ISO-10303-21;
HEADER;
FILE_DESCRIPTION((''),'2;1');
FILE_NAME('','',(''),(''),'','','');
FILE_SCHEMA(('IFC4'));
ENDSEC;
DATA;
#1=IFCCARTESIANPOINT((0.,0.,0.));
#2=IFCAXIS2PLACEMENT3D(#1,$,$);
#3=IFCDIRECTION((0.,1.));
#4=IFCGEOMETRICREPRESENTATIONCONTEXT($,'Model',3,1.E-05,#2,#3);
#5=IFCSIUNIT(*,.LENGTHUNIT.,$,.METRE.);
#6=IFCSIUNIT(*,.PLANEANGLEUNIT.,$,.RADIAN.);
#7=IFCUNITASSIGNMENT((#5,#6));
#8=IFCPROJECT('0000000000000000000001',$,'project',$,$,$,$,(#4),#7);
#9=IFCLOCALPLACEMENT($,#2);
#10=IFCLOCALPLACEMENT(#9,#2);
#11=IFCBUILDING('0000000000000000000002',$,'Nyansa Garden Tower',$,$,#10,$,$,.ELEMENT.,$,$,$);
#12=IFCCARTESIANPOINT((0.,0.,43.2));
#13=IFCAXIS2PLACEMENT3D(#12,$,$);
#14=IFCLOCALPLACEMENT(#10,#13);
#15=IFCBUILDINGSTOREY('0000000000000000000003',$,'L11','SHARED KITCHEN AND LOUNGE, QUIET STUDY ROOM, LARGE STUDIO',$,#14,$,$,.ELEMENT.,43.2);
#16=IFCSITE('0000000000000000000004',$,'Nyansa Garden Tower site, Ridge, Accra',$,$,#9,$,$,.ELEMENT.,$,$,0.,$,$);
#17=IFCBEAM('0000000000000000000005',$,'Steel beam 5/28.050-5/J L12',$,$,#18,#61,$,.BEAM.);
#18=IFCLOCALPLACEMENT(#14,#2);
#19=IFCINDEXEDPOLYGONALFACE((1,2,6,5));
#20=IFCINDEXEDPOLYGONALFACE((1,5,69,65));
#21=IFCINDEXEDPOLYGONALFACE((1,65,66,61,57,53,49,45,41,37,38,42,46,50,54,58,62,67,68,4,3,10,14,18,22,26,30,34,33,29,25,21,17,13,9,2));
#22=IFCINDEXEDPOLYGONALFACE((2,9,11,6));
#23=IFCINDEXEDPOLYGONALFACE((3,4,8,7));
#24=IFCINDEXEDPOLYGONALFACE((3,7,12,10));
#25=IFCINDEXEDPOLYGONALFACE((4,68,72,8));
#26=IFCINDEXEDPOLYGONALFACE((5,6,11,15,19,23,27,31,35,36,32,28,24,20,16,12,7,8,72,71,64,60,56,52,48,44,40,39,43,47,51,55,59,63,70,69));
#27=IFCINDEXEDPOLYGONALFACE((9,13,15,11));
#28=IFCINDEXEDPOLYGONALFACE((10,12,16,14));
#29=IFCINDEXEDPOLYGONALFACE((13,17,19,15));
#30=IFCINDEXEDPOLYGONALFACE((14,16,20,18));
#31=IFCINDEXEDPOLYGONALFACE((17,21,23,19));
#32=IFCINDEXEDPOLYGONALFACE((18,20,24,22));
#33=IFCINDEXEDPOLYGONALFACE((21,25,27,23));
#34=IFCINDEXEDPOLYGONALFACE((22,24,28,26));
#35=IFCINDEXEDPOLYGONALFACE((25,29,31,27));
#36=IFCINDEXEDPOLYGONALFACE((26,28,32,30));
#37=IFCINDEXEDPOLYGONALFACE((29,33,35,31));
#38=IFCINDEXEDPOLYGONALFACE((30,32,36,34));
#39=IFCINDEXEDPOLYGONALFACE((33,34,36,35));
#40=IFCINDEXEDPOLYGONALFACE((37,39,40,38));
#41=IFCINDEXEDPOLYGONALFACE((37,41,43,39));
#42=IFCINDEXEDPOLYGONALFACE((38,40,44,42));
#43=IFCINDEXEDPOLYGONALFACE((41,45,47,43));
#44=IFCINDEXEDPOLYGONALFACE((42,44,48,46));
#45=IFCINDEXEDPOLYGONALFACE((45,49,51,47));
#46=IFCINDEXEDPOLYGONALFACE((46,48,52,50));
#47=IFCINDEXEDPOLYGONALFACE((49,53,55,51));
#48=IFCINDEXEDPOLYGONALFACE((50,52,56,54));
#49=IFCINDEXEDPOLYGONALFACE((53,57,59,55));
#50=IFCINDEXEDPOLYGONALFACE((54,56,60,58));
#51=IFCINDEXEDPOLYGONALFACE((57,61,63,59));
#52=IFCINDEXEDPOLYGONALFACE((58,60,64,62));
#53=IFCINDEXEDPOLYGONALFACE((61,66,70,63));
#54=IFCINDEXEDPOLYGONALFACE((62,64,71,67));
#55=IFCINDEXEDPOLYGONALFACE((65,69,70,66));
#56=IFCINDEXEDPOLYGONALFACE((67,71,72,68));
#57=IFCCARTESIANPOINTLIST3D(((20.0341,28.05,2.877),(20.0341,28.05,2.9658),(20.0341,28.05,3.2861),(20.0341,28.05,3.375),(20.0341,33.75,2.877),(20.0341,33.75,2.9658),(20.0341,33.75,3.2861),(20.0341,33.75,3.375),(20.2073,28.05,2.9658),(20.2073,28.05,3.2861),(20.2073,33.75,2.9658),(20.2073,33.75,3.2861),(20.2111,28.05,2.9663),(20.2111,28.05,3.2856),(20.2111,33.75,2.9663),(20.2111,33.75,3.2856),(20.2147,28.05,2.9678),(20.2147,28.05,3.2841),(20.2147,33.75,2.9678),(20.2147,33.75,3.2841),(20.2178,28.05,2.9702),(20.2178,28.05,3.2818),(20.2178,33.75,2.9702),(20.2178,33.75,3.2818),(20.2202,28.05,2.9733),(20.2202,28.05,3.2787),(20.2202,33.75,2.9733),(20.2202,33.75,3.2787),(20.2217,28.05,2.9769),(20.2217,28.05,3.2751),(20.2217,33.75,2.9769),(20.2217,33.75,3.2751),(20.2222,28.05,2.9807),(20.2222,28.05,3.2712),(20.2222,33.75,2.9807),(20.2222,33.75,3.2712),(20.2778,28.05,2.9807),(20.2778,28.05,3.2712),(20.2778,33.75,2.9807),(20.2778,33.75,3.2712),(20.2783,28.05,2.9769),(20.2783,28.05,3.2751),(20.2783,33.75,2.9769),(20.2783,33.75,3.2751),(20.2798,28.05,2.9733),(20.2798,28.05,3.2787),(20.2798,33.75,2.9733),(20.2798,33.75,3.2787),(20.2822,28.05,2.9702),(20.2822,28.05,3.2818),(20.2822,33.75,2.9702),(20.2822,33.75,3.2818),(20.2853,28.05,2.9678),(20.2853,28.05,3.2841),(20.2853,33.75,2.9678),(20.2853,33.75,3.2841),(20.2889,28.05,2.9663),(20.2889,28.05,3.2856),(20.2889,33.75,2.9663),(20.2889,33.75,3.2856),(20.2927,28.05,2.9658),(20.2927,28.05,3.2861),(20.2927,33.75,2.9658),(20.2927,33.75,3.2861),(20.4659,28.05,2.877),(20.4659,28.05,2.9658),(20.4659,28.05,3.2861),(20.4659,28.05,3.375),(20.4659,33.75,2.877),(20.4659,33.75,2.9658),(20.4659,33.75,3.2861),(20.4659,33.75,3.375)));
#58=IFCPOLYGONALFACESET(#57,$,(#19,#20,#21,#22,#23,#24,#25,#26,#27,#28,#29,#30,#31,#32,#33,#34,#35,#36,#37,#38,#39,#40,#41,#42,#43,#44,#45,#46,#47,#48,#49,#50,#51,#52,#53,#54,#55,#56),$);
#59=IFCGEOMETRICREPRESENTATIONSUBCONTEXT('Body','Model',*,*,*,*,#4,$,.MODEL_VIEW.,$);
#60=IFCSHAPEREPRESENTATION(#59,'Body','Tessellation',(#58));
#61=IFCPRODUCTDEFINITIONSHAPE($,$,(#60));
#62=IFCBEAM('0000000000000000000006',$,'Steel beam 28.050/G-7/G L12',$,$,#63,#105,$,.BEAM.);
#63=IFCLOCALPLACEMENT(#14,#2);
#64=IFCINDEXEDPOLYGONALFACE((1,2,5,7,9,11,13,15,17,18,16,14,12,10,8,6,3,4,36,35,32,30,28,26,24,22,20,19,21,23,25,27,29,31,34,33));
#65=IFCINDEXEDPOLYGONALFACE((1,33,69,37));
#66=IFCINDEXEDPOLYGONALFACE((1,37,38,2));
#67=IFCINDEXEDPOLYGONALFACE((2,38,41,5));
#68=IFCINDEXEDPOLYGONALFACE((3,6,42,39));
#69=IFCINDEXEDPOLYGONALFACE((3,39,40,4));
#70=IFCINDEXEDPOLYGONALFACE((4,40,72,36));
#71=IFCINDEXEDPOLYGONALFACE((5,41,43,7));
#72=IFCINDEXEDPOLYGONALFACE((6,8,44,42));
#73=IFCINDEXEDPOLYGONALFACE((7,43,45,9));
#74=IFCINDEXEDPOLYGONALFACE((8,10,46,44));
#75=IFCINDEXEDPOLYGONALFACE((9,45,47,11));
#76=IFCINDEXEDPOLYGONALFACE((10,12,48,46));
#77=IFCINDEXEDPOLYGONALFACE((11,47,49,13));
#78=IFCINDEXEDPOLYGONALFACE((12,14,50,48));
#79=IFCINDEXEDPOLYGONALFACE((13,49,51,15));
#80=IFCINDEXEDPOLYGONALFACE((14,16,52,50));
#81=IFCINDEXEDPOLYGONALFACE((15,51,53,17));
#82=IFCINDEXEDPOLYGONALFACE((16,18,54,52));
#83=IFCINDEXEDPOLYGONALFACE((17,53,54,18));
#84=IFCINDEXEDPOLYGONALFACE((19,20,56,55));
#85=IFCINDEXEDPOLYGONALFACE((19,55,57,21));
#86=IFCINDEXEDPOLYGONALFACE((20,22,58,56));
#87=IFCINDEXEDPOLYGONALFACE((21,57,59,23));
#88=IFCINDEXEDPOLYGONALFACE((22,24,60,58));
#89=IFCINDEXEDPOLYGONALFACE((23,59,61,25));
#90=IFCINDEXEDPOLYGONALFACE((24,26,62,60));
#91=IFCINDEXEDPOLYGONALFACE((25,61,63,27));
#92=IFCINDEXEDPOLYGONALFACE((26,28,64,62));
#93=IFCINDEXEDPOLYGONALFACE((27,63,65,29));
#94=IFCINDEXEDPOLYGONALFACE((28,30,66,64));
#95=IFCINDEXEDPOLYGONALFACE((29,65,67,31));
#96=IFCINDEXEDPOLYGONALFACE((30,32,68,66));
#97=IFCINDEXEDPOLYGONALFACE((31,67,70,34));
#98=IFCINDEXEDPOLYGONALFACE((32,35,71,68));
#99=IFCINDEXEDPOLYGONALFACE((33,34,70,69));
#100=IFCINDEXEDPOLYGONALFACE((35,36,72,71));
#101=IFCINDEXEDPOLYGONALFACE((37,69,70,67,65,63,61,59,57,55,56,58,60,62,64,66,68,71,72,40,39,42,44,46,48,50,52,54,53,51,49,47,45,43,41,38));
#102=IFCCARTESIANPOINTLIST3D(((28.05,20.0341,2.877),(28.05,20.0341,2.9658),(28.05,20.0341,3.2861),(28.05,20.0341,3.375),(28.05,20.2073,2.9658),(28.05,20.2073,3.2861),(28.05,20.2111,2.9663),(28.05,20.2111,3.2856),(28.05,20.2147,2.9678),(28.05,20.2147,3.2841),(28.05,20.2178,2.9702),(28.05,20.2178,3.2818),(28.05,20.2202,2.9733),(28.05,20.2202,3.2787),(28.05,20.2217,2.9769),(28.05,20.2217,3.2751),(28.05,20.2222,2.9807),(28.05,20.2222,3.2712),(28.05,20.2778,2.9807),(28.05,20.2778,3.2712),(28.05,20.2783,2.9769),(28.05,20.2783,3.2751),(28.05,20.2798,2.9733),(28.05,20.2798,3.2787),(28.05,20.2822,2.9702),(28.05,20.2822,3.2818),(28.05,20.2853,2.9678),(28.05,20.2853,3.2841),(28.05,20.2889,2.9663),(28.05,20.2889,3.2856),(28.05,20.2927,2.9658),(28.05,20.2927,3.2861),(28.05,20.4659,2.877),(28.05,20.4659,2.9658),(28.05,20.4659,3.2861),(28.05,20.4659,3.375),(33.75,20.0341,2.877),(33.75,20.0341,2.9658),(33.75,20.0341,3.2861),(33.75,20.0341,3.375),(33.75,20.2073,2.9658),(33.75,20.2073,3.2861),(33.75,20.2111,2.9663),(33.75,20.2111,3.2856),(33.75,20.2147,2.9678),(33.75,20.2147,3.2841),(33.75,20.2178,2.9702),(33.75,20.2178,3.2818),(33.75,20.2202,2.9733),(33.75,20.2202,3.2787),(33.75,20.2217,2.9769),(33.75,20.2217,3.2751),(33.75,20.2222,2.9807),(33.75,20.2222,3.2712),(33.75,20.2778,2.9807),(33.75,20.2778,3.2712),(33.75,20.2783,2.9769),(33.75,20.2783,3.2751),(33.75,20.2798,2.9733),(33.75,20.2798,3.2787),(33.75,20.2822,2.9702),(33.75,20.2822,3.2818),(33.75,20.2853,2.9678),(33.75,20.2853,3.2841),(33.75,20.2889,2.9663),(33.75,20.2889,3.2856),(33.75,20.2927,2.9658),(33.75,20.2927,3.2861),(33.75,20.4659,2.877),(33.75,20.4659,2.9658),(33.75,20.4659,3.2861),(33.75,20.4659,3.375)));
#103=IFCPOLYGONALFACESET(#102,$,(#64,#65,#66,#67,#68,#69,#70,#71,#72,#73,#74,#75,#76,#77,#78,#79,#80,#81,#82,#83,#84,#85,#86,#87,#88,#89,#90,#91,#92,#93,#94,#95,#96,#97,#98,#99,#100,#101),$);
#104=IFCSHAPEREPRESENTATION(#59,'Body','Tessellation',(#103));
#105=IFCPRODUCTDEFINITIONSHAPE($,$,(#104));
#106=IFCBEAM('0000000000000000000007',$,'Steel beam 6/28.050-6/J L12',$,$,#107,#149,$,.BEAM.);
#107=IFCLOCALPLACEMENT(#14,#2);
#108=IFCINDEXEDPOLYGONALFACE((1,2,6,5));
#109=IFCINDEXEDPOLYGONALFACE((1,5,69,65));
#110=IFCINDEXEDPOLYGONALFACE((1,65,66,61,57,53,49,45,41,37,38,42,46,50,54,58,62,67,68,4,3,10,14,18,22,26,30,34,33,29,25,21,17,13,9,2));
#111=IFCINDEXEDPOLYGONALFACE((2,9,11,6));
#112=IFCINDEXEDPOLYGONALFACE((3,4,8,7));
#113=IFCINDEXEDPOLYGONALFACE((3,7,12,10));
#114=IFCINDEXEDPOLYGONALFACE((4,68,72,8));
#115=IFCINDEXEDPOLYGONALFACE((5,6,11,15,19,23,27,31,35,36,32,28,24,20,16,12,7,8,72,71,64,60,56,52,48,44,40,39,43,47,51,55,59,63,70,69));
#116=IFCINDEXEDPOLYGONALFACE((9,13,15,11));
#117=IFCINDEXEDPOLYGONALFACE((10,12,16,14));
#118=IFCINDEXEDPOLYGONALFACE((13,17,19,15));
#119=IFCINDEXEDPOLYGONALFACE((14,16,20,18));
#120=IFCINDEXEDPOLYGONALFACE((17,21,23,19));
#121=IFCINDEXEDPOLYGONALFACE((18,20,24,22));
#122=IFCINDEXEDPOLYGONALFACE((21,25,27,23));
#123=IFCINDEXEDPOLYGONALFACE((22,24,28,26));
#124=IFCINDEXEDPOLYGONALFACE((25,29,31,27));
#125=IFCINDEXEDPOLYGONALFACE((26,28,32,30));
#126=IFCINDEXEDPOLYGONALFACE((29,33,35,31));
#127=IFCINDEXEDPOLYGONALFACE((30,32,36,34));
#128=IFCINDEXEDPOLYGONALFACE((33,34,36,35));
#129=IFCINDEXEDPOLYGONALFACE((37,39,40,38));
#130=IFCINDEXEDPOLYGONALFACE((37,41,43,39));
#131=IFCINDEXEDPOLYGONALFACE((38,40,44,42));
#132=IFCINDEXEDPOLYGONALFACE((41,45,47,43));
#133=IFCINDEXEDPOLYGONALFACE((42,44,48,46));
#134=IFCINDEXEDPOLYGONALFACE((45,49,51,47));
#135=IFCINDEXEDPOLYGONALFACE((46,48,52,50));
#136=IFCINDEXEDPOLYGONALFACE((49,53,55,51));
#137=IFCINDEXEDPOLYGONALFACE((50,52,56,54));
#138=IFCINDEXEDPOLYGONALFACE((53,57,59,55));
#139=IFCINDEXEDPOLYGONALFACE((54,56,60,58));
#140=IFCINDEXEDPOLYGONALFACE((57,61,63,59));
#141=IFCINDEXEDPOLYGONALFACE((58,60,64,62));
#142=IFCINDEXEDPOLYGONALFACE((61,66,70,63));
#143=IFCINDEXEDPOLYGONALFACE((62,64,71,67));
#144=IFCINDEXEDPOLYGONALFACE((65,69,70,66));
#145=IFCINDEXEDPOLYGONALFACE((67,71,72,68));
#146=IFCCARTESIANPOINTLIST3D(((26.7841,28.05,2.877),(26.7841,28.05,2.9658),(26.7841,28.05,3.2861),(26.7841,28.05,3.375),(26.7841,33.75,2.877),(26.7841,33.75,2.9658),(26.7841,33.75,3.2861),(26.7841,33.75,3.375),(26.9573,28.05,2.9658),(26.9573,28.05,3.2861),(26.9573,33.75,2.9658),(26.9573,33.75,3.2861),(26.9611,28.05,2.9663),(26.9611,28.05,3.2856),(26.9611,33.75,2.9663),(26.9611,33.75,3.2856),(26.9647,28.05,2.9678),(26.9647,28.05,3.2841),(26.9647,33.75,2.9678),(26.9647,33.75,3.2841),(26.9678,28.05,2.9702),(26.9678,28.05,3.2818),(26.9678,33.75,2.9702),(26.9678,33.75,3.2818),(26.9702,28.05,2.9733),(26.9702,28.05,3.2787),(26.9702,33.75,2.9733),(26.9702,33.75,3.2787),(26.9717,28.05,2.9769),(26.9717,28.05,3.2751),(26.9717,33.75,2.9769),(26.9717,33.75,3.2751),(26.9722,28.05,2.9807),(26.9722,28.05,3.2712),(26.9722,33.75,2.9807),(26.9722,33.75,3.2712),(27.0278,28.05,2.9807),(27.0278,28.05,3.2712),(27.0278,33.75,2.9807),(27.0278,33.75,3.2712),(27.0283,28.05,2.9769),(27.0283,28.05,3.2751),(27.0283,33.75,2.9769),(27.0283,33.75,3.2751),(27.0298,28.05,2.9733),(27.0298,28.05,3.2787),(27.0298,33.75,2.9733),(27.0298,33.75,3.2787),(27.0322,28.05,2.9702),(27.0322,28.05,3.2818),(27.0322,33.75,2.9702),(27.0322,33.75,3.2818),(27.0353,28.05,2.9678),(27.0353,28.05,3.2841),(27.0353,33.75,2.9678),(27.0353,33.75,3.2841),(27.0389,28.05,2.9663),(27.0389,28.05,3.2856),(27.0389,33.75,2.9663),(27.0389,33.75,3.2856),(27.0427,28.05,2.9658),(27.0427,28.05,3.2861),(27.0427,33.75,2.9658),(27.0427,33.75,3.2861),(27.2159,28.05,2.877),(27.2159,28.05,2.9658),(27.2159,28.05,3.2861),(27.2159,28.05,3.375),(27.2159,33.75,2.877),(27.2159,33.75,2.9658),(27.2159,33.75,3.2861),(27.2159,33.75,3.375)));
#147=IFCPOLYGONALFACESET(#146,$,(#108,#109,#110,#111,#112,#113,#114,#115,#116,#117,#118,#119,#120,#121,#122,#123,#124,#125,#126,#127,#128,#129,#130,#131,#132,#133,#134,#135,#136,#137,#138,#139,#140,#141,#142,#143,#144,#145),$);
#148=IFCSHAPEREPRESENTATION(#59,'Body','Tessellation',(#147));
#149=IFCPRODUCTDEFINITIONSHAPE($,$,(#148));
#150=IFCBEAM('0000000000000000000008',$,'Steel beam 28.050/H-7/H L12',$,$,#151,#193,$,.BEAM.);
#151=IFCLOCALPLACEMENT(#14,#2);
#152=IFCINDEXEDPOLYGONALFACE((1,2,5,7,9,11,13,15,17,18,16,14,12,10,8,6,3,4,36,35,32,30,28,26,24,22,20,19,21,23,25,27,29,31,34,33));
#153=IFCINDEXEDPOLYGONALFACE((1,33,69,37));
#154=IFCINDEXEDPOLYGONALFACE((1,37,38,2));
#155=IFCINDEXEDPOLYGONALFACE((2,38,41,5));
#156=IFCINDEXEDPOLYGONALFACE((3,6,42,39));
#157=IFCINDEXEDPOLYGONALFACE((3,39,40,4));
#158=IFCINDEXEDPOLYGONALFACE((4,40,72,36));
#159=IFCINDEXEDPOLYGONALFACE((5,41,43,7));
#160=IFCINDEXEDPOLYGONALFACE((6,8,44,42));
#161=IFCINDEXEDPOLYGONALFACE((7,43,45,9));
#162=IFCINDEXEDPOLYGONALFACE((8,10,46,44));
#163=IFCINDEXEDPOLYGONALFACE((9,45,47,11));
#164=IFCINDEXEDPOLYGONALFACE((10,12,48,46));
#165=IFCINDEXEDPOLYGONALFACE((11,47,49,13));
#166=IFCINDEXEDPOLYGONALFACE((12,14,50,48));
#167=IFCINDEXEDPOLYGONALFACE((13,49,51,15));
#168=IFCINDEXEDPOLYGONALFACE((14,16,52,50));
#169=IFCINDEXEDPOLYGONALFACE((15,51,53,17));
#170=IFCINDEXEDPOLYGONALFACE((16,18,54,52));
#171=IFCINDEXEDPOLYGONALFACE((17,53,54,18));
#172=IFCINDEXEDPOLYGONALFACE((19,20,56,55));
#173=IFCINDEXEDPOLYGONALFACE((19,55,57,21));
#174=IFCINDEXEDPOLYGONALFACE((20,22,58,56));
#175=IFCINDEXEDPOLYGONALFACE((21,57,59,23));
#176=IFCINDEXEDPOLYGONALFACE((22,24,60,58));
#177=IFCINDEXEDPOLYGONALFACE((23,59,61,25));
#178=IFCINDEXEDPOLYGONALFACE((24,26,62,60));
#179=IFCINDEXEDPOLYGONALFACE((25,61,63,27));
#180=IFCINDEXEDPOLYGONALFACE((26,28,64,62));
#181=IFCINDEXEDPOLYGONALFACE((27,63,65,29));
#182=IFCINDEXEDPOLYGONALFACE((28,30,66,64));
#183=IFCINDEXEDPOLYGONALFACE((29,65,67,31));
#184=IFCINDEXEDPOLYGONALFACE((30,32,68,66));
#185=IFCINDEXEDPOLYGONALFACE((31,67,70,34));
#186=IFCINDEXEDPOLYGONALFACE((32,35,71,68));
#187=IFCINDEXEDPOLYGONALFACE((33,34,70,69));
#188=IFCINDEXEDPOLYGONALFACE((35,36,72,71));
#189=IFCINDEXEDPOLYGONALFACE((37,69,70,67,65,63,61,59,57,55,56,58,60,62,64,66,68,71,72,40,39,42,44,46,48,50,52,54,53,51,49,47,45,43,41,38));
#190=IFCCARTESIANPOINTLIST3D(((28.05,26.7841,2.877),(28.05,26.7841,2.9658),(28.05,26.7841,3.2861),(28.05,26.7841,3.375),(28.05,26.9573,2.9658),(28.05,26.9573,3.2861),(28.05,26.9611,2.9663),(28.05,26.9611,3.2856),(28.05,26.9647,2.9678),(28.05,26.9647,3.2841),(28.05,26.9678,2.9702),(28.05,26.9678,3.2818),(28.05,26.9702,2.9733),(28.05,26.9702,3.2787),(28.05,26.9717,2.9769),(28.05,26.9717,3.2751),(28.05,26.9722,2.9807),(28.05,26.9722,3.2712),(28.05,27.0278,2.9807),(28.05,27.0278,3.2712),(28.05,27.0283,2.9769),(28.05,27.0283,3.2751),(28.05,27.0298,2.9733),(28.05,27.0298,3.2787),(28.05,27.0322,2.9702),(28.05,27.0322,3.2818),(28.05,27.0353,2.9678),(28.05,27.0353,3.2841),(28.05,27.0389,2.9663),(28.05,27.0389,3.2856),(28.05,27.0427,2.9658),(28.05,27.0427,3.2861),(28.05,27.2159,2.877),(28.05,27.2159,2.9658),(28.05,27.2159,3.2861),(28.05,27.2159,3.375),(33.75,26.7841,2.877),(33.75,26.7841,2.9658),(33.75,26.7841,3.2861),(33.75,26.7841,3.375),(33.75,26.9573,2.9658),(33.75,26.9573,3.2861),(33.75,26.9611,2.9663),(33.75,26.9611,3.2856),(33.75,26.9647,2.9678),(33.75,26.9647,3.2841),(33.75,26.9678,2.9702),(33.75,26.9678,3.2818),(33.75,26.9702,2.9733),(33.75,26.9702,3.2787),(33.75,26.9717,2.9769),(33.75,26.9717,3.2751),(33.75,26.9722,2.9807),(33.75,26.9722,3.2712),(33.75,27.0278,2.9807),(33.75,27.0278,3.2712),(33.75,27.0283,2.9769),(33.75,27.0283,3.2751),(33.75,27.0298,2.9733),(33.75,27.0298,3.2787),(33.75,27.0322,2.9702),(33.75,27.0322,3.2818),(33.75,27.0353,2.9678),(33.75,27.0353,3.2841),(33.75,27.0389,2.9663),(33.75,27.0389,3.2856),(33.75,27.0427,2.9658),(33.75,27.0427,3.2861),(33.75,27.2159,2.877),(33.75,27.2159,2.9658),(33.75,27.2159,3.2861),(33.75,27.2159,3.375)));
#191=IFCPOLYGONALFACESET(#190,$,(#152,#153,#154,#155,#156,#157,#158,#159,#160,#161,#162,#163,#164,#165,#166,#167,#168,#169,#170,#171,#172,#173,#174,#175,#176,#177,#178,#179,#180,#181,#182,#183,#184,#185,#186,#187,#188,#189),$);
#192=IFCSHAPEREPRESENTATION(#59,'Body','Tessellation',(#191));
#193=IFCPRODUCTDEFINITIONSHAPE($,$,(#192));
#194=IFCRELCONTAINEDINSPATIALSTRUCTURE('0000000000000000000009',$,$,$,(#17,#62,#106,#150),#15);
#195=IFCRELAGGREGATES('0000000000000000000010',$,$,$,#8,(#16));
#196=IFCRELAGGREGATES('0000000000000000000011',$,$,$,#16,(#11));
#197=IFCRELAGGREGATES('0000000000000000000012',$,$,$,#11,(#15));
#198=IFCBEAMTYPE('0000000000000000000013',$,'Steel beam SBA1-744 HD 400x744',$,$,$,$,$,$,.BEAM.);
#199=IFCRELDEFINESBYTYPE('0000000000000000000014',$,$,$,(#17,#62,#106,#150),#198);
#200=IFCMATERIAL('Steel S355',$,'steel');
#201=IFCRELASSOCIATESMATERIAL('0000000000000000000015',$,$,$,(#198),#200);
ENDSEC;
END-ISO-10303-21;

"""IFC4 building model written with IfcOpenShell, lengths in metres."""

from ifc_helpers import new_model, si_unit, direction, frame, origin, origin_2d, place, context, subcontext, project, spatial, i_section, extrude, material, material_profile, profile_set, type_object, element, save


model = new_model("IFC4")

# Units and contexts
model_context = context("Model", 3, precision=1e-05, world=origin(), true_north=direction((0.0, 1.0)))
body_context = subcontext(model_context, "Body", "Model", "MODEL_VIEW")
ifc_project = project(units=[si_unit("LENGTHUNIT", "METRE"), si_unit("PLANEANGLEUNIT", "RADIAN")], contexts=[model_context])

# Site, building, storey
site_placement = place(None, origin())
site = spatial("IfcSite", under=ifc_project, at=site_placement, Name="Nyansa Garden Tower site, Ridge, Accra", CompositionType="ELEMENT", RefElevation=0.0)
building_placement = place(site_placement, origin())
building = spatial("IfcBuilding", under=site, at=building_placement, Name="Nyansa Garden Tower", CompositionType="ELEMENT")
storey_placement = place(building_placement, frame((0.0, 0.0, 43.2)))
storey = spatial("IfcBuildingStorey", under=building, at=storey_placement, Name="L11", Description="SHARED KITCHEN AND LOUNGE, QUIET STUDY ROOM, LARGE STUDIO", CompositionType="ELEMENT", Elevation=43.2)

# Beams
ifc_material_1 = material(Name="Steel S355", Category="steel")
ifc_material_profile_1 = material_profile(ifc_material_1, i_section(OverallWidth=0.4319, OverallDepth=0.498, WebThickness=0.0557, FlangeThickness=0.0889, FilletRadius=0.0149, at=origin_2d()), Name="HD 400x744")
ifc_profile_set_1 = profile_set([ifc_material_profile_1], Name="Steel S355")
beam_type_1 = type_object("IfcBeamType", Name="Steel beam SBA1-744 HD 400x744", PredefinedType="BEAM", material=ifc_profile_set_1)
for number, where, z_axis, x_axis, name in (
    (1, (20.25, 28.05, 3.126), (0.0, 1.0, 0.0), (-1.0, 0.0, 0.0), "Steel beam 5/28.050-5/J L12"),
    (2, (28.05, 20.25, 3.126), (1.0, 0.0, 0.0), (0.0, 1.0, 0.0), "Steel beam 28.050/G-7/G L12"),
    (3, (27.0, 28.05, 3.126), (0.0, 1.0, 0.0), (-1.0, 0.0, 0.0), "Steel beam 6/28.050-6/J L12"),
    (4, (28.05, 27.0, 3.126), (1.0, 0.0, 0.0), (0.0, 1.0, 0.0), "Steel beam 28.050/H-7/H L12"),
):
    element("IfcBeam", number, at=place(storey_placement, frame(where, z_axis=z_axis, x_axis=x_axis)), inside=storey, type_object=beam_type_1, Name=name, PredefinedType="BEAM", context=body_context, shape_type="SweptSolid", body=[
        extrude(i_section(OverallWidth=0.4319, OverallDepth=0.498, WebThickness=0.0557, FlangeThickness=0.0889, FilletRadius=0.0149, at=origin_2d()), origin(), (0.0, 0.0, 1.0), 5.7),
    ])

save(model, "model.ifc")
